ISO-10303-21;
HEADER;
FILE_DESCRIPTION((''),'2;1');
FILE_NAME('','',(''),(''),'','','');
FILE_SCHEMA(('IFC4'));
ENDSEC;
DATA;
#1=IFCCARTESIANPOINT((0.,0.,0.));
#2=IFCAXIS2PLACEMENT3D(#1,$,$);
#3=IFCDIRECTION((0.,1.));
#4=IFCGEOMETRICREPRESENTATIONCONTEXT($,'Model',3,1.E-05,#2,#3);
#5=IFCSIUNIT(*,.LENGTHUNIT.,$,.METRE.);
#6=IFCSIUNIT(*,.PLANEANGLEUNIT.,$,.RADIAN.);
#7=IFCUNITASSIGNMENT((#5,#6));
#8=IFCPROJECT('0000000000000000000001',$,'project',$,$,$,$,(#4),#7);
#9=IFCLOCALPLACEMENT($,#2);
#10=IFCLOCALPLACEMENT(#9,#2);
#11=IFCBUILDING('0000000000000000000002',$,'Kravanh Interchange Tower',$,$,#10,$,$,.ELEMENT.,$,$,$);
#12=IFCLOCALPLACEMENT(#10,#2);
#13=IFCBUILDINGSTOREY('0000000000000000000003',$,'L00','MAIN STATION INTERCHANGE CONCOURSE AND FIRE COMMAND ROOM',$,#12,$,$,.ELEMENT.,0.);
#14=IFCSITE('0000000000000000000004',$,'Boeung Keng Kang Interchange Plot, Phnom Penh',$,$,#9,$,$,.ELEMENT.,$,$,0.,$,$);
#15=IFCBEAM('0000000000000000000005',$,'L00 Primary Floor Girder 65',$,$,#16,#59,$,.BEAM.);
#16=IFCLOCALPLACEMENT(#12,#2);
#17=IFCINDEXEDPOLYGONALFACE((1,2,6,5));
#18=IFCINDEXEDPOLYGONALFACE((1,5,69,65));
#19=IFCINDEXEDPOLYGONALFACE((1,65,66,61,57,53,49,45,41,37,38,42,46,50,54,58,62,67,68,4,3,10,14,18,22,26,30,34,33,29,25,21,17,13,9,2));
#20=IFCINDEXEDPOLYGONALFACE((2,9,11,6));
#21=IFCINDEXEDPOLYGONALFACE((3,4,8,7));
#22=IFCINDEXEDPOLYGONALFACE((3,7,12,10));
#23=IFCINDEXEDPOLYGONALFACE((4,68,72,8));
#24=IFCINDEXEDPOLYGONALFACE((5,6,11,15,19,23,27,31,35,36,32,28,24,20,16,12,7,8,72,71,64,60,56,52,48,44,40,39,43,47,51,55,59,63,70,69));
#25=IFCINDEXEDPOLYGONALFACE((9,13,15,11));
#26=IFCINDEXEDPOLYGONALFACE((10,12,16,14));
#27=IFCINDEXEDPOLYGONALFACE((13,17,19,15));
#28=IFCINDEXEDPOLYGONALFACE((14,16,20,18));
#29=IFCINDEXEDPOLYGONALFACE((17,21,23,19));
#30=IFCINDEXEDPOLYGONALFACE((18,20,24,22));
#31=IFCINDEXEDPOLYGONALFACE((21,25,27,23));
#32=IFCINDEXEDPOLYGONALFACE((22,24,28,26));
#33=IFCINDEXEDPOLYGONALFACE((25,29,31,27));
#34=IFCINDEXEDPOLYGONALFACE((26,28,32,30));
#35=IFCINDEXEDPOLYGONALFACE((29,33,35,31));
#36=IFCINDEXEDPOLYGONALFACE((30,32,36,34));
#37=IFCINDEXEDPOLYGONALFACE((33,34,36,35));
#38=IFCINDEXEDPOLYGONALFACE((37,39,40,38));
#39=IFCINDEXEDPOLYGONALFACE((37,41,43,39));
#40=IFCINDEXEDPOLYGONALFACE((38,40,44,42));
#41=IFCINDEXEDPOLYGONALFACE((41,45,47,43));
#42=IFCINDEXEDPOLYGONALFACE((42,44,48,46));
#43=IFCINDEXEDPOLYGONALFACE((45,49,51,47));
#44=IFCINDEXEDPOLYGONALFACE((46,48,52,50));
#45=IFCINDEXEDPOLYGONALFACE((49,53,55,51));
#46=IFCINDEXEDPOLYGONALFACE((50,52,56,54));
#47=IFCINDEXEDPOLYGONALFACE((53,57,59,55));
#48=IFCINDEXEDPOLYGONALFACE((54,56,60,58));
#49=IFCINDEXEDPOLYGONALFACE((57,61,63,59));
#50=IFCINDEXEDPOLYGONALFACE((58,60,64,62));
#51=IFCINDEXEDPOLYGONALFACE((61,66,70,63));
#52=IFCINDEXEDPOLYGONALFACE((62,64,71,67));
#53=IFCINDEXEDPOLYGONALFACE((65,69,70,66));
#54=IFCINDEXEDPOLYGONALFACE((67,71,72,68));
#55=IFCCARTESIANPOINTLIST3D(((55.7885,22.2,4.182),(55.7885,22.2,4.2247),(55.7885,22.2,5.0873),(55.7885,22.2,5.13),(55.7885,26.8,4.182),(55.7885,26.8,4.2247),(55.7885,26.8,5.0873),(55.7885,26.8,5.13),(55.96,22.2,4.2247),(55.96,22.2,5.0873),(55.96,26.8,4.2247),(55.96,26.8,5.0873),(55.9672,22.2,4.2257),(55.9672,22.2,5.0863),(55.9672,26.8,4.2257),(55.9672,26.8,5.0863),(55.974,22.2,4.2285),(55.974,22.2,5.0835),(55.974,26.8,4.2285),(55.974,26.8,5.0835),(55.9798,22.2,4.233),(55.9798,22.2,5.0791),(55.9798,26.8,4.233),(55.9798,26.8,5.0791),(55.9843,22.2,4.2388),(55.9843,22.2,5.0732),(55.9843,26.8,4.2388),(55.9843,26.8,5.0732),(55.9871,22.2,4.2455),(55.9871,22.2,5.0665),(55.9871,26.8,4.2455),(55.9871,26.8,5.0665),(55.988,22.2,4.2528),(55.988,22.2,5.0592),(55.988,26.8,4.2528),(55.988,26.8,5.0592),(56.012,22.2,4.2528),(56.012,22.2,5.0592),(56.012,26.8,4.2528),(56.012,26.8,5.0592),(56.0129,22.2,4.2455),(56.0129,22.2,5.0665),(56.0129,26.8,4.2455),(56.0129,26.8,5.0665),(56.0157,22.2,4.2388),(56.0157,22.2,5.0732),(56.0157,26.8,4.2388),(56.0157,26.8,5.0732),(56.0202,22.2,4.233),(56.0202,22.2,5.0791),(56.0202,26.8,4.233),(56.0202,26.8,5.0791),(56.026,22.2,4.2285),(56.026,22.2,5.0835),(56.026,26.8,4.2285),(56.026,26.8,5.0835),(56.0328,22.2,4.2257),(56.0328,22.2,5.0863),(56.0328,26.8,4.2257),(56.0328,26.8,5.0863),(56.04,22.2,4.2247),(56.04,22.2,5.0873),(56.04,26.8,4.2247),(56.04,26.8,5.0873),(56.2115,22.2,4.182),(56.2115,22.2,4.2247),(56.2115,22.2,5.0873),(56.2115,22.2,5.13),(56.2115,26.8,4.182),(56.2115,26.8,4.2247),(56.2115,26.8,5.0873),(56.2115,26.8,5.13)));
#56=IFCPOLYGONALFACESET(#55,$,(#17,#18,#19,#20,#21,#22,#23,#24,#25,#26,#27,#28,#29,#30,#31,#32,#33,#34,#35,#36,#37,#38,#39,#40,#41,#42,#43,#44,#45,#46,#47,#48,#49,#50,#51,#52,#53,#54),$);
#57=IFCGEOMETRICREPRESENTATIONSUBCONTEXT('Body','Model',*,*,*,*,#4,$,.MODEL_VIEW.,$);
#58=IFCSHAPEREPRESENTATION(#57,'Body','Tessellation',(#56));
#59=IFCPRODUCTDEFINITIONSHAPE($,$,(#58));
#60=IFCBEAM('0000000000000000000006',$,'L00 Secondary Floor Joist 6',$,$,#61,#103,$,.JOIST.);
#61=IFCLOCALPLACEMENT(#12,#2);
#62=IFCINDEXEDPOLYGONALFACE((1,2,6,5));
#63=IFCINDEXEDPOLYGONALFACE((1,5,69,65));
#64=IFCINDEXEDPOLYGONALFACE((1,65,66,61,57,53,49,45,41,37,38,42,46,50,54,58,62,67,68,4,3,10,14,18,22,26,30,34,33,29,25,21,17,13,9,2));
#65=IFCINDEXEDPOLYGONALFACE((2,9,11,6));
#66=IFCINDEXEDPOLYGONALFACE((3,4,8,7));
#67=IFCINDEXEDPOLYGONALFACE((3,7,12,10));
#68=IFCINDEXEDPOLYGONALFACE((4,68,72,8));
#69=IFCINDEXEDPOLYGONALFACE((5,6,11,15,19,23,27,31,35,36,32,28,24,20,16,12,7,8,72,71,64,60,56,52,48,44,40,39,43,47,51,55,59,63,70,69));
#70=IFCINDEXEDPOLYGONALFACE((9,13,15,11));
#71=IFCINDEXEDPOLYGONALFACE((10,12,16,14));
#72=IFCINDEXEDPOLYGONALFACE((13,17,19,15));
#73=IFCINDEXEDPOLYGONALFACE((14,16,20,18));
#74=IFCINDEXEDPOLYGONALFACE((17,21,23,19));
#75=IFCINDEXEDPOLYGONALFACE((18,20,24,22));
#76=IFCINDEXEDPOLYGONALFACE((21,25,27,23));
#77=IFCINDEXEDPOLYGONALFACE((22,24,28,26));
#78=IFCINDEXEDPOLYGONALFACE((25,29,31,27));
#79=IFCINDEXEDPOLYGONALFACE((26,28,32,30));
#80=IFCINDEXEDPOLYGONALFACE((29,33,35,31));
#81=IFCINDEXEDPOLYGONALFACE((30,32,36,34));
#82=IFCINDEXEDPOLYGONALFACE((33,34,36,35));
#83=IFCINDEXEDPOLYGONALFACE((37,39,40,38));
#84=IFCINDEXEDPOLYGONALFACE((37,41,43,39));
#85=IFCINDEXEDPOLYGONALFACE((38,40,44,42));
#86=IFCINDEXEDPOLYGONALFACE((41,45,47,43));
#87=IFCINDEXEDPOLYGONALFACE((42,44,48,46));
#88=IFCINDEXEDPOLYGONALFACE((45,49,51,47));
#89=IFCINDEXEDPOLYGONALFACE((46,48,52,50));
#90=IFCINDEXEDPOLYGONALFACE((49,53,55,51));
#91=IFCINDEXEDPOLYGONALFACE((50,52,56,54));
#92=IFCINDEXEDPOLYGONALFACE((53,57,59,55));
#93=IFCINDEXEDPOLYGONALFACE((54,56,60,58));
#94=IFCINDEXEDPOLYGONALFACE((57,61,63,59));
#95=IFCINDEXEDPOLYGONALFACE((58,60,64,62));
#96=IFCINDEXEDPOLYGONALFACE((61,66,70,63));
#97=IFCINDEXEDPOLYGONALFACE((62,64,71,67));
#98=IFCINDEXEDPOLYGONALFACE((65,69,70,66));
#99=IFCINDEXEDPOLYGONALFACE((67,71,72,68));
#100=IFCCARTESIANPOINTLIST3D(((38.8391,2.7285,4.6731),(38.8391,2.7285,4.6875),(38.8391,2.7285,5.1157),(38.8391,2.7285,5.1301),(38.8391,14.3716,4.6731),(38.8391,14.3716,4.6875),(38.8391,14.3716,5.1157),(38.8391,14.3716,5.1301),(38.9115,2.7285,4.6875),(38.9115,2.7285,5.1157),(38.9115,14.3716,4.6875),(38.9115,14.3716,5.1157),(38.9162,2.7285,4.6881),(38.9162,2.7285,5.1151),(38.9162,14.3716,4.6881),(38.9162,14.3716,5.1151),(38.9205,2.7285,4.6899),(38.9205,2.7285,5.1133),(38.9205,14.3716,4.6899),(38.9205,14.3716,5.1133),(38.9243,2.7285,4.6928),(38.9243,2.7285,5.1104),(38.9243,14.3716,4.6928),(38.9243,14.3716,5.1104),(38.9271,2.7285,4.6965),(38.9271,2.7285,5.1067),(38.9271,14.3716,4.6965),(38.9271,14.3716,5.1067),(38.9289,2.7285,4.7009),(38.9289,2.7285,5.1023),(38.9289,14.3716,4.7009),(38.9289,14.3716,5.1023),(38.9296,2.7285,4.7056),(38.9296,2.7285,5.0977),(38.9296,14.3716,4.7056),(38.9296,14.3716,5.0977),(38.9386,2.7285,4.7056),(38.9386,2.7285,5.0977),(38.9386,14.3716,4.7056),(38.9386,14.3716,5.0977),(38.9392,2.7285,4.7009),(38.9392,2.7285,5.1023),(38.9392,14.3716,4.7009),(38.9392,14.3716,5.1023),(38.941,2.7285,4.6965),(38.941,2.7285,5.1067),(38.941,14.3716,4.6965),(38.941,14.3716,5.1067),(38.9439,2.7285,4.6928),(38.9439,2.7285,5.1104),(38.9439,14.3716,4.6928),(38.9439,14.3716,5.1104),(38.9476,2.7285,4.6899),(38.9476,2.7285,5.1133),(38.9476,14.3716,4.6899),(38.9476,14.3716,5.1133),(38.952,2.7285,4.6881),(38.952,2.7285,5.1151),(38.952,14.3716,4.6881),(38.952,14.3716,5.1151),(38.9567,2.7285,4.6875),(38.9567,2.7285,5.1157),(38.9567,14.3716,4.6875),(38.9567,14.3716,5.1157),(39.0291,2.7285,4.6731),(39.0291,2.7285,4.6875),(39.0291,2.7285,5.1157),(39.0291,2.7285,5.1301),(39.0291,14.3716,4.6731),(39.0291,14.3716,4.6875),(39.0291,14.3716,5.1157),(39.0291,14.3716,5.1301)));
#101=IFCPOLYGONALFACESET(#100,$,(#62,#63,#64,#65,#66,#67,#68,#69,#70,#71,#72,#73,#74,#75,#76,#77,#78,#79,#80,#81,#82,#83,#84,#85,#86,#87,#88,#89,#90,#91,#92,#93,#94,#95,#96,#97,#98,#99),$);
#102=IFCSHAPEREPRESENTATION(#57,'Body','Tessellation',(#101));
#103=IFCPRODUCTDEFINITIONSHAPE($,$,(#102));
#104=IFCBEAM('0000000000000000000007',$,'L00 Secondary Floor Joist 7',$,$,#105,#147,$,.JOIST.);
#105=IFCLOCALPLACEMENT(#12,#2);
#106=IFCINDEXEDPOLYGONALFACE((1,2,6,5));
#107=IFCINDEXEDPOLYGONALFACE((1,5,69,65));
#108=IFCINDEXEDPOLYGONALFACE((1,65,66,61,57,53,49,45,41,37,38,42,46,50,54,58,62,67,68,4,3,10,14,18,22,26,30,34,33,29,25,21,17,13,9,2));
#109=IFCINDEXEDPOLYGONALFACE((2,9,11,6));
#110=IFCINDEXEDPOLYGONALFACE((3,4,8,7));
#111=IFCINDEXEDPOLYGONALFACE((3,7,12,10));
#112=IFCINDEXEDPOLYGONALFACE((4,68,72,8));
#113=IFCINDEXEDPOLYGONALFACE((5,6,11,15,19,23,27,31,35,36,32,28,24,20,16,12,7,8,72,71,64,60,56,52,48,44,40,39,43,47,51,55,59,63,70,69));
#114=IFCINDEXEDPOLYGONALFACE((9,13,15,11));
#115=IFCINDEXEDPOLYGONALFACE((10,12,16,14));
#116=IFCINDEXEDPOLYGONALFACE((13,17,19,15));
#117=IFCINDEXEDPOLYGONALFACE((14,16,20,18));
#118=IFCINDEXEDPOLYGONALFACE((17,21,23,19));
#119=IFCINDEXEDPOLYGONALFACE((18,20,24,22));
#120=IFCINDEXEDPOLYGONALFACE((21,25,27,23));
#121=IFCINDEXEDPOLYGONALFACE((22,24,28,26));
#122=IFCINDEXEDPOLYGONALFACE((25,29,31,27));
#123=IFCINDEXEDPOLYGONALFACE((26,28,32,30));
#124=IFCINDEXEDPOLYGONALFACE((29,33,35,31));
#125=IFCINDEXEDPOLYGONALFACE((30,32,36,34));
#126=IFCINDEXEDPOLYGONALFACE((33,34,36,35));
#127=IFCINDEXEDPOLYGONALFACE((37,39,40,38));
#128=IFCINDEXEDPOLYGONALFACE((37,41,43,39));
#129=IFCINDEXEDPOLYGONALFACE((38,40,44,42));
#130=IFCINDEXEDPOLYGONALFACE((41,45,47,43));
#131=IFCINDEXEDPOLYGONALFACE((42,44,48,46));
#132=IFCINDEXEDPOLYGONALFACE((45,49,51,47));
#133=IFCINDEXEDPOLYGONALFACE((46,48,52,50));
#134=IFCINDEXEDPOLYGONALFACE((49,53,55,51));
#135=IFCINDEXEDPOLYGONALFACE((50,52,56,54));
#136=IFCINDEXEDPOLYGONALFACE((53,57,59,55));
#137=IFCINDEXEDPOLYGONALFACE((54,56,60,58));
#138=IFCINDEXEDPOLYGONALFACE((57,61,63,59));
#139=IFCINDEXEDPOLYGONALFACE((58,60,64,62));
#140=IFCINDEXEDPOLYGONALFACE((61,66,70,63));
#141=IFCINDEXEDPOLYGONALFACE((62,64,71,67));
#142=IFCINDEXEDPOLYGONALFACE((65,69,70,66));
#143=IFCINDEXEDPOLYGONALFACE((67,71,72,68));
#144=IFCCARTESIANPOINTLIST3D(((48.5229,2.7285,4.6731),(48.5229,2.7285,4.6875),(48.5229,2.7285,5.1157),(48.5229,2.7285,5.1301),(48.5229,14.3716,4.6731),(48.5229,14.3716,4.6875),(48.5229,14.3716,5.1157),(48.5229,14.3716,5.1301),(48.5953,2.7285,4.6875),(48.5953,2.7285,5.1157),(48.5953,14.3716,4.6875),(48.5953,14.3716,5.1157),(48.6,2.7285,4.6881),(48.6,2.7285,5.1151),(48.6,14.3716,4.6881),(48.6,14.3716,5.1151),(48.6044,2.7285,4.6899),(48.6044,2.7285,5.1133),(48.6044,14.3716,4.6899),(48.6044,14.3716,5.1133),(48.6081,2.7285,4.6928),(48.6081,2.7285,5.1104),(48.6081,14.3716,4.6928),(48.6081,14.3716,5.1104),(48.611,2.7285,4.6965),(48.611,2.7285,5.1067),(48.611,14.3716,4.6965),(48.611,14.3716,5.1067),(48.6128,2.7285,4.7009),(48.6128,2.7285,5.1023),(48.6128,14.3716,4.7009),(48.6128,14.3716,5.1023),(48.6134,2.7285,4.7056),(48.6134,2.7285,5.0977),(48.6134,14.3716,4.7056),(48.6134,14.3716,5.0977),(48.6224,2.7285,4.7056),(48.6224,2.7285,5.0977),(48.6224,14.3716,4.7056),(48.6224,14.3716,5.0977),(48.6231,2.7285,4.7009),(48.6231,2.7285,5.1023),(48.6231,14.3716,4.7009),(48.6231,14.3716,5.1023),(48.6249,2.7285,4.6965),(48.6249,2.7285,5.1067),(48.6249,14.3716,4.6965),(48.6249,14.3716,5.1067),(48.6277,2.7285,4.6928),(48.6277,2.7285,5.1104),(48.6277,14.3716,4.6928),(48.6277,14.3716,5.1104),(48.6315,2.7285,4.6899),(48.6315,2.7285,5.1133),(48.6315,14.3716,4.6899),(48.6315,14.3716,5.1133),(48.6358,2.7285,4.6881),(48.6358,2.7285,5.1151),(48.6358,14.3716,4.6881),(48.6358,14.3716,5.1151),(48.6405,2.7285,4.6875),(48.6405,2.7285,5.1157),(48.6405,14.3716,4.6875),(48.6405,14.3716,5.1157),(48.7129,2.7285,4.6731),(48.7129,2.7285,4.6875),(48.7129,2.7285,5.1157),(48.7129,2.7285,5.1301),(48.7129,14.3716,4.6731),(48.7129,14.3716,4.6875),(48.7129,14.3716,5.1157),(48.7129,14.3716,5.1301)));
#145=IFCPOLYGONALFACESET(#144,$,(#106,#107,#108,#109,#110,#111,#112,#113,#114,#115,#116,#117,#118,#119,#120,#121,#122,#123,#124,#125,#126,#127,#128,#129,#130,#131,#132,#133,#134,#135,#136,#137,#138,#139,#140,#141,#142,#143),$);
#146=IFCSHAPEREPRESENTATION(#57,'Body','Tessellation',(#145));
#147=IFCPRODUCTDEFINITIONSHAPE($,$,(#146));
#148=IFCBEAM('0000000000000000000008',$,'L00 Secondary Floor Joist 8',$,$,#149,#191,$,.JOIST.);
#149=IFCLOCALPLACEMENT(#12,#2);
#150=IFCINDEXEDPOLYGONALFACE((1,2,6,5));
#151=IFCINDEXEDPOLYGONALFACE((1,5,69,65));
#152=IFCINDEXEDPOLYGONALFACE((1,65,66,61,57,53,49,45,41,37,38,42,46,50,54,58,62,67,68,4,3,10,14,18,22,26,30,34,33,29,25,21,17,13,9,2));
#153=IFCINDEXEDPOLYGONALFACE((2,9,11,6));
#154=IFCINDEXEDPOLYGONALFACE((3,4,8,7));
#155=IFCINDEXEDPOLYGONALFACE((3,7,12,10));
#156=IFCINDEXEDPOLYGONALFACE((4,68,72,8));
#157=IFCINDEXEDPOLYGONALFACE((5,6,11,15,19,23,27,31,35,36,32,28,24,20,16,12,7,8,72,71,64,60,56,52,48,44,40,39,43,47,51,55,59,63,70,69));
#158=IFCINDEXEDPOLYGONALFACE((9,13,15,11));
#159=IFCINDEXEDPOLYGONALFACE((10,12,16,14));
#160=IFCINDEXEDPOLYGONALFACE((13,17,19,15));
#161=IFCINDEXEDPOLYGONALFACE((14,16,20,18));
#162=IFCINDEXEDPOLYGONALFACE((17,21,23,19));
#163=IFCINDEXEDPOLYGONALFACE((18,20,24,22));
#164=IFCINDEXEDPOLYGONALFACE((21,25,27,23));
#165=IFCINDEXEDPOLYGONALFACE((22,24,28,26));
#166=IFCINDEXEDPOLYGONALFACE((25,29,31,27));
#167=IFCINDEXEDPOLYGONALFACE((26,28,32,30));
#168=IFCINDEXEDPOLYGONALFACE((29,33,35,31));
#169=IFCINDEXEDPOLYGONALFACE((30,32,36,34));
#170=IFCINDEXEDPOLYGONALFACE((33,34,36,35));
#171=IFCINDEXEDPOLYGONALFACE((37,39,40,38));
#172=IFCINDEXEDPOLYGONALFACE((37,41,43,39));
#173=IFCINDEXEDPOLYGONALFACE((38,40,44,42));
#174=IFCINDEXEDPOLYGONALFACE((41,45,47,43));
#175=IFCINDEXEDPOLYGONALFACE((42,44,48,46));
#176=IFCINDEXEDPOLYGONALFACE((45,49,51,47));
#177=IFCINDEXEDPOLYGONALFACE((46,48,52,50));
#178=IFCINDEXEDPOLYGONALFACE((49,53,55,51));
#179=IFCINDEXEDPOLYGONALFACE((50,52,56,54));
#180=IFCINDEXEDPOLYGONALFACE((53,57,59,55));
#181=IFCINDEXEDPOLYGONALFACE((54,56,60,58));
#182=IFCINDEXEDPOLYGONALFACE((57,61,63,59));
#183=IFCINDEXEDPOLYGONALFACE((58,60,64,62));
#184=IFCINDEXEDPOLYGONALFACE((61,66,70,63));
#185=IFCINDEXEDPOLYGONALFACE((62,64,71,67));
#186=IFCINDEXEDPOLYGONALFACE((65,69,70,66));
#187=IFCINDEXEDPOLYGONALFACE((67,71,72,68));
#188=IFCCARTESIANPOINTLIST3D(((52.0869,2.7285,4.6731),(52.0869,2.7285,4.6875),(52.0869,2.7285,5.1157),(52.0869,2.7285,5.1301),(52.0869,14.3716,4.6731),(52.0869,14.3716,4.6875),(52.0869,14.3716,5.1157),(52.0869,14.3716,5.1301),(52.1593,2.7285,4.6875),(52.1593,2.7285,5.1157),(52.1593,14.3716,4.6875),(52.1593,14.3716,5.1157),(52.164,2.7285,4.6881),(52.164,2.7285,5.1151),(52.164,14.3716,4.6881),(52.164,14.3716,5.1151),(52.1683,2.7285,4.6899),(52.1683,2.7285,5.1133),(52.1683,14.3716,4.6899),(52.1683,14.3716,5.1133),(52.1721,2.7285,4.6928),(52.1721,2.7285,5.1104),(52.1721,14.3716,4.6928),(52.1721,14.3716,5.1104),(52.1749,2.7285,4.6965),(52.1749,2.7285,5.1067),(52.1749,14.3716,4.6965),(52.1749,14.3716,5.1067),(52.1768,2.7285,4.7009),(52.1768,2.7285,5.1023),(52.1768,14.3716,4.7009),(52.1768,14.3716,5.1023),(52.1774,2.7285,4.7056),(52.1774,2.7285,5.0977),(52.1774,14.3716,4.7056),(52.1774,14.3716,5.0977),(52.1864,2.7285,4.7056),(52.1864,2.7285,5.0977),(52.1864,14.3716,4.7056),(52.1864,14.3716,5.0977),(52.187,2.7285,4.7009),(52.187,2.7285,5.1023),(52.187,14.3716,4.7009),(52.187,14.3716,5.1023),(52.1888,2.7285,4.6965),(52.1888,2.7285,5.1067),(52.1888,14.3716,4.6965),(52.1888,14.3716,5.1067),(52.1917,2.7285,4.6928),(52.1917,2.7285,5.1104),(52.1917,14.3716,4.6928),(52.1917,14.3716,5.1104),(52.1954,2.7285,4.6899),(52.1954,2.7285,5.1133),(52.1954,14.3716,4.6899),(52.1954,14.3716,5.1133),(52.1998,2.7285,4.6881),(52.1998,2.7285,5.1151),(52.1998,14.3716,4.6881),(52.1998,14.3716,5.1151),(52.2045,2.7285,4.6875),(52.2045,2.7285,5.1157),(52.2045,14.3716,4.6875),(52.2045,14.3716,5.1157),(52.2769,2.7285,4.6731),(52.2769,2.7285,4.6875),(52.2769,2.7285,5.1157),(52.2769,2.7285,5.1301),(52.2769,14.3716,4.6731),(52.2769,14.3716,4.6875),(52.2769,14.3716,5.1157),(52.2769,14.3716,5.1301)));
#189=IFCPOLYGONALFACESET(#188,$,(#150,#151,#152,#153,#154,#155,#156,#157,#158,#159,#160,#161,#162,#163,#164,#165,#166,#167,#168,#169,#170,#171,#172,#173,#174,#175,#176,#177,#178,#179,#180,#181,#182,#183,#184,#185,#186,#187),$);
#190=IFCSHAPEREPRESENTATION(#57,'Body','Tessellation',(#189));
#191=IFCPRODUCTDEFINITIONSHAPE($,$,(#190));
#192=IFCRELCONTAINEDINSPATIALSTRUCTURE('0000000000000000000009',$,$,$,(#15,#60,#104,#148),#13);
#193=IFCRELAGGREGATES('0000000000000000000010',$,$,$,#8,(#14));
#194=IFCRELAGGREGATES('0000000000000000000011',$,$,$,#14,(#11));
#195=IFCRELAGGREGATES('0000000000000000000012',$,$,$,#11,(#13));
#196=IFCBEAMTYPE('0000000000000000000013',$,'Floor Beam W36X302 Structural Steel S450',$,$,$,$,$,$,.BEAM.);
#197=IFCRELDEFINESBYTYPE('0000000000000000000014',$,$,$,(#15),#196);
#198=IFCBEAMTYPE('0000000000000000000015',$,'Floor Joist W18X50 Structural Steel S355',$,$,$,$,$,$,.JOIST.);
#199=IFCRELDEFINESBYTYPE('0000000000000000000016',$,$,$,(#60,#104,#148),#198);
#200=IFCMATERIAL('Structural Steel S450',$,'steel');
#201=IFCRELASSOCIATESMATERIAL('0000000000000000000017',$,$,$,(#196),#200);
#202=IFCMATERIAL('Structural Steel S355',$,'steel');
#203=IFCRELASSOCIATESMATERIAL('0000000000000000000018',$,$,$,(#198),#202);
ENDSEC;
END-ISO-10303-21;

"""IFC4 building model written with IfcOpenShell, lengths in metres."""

from ifc_helpers import new_model, si_unit, direction, frame, origin, origin_2d, place, context, subcontext, project, spatial, i_section, extrude, material, material_profile, profile_set, type_object, element, save


model = new_model("IFC4")

# Units and contexts
model_context = context("Model", 3, precision=1e-05, world=origin(), true_north=direction((0.0, 1.0)))
body_context = subcontext(model_context, "Body", "Model", "MODEL_VIEW")
ifc_project = project(units=[si_unit("LENGTHUNIT", "METRE"), si_unit("PLANEANGLEUNIT", "RADIAN")], contexts=[model_context])

# Site, building, storey
site_placement = place(None, origin())
site = spatial("IfcSite", under=ifc_project, at=site_placement, Name="Boeung Keng Kang Interchange Plot, Phnom Penh", CompositionType="ELEMENT", RefElevation=0.0)
building_placement = place(site_placement, origin())
building = spatial("IfcBuilding", under=site, at=building_placement, Name="Kravanh Interchange Tower", CompositionType="ELEMENT")
storey_placement = place(building_placement, origin())
storey = spatial("IfcBuildingStorey", under=building, at=storey_placement, Name="L00", Description="MAIN STATION INTERCHANGE CONCOURSE AND FIRE COMMAND ROOM", CompositionType="ELEMENT", Elevation=0.0)

# Beams
ifc_material_1 = material(Name="Structural Steel S450", Category="steel")
ifc_material_profile_1 = material_profile(ifc_material_1, i_section(OverallWidth=0.4231, OverallDepth=0.948, WebThickness=0.0239, FlangeThickness=0.0427, FilletRadius=0.0281, at=origin_2d()), Name="W36X302")
ifc_profile_set_1 = profile_set([ifc_material_profile_1], Name="Structural Steel S450")
beam_type_1 = type_object("IfcBeamType", Name="Floor Beam W36X302 Structural Steel S450", PredefinedType="BEAM", material=ifc_profile_set_1)
beam_1_placement = place(storey_placement, frame((56.0, 22.2, 4.656), z_axis=(0.0, 1.0, 0.0), x_axis=(-1.0, 0.0, 0.0)))
element("IfcBeam", 1, at=beam_1_placement, inside=storey, type_object=beam_type_1, Name="L00 Primary Floor Girder 65", PredefinedType="BEAM", context=body_context, shape_type="SweptSolid", body=[
    extrude(i_section(OverallWidth=0.4231, OverallDepth=0.948, WebThickness=0.0239, FlangeThickness=0.0427, FilletRadius=0.0281, at=origin_2d()), origin(), (0.0, 0.0, 1.0), 4.6001),
])
ifc_material_2 = material(Name="Structural Steel S355", Category="steel")
ifc_material_profile_2 = material_profile(ifc_material_2, i_section(OverallWidth=0.1899, OverallDepth=0.457, WebThickness=0.009, FlangeThickness=0.0144, FilletRadius=0.0181, at=origin_2d()), Name="W18X50")
ifc_profile_set_2 = profile_set([ifc_material_profile_2], Name="Structural Steel S355")
beam_type_2 = type_object("IfcBeamType", Name="Floor Joist W18X50 Structural Steel S355", PredefinedType="JOIST", material=ifc_profile_set_2)
for number, where, z_axis, x_axis, name in (
    (2, (38.9341, 2.7285, 4.9016), (0.0, 1.0, 0.0), (-1.0, 0.0, 0.0), "L00 Secondary Floor Joist 6"),
    (3, (48.6179, 2.7285, 4.9016), (0.0, 1.0, 0.0), (-1.0, 0.0, 0.0), "L00 Secondary Floor Joist 7"),
    (4, (52.1819, 2.7285, 4.9016), (0.0, 1.0, 0.0), (-1.0, 0.0, 0.0), "L00 Secondary Floor Joist 8"),
):
    element("IfcBeam", number, at=place(storey_placement, frame(where, z_axis=z_axis, x_axis=x_axis)), inside=storey, type_object=beam_type_2, Name=name, PredefinedType="JOIST", context=body_context, shape_type="SweptSolid", body=[
        extrude(i_section(OverallWidth=0.1899, OverallDepth=0.457, WebThickness=0.009, FlangeThickness=0.0144, FilletRadius=0.0181, at=origin_2d()), origin(), (0.0, 0.0, 1.0), 11.6431),
    ])

save(model, "model.ifc")
